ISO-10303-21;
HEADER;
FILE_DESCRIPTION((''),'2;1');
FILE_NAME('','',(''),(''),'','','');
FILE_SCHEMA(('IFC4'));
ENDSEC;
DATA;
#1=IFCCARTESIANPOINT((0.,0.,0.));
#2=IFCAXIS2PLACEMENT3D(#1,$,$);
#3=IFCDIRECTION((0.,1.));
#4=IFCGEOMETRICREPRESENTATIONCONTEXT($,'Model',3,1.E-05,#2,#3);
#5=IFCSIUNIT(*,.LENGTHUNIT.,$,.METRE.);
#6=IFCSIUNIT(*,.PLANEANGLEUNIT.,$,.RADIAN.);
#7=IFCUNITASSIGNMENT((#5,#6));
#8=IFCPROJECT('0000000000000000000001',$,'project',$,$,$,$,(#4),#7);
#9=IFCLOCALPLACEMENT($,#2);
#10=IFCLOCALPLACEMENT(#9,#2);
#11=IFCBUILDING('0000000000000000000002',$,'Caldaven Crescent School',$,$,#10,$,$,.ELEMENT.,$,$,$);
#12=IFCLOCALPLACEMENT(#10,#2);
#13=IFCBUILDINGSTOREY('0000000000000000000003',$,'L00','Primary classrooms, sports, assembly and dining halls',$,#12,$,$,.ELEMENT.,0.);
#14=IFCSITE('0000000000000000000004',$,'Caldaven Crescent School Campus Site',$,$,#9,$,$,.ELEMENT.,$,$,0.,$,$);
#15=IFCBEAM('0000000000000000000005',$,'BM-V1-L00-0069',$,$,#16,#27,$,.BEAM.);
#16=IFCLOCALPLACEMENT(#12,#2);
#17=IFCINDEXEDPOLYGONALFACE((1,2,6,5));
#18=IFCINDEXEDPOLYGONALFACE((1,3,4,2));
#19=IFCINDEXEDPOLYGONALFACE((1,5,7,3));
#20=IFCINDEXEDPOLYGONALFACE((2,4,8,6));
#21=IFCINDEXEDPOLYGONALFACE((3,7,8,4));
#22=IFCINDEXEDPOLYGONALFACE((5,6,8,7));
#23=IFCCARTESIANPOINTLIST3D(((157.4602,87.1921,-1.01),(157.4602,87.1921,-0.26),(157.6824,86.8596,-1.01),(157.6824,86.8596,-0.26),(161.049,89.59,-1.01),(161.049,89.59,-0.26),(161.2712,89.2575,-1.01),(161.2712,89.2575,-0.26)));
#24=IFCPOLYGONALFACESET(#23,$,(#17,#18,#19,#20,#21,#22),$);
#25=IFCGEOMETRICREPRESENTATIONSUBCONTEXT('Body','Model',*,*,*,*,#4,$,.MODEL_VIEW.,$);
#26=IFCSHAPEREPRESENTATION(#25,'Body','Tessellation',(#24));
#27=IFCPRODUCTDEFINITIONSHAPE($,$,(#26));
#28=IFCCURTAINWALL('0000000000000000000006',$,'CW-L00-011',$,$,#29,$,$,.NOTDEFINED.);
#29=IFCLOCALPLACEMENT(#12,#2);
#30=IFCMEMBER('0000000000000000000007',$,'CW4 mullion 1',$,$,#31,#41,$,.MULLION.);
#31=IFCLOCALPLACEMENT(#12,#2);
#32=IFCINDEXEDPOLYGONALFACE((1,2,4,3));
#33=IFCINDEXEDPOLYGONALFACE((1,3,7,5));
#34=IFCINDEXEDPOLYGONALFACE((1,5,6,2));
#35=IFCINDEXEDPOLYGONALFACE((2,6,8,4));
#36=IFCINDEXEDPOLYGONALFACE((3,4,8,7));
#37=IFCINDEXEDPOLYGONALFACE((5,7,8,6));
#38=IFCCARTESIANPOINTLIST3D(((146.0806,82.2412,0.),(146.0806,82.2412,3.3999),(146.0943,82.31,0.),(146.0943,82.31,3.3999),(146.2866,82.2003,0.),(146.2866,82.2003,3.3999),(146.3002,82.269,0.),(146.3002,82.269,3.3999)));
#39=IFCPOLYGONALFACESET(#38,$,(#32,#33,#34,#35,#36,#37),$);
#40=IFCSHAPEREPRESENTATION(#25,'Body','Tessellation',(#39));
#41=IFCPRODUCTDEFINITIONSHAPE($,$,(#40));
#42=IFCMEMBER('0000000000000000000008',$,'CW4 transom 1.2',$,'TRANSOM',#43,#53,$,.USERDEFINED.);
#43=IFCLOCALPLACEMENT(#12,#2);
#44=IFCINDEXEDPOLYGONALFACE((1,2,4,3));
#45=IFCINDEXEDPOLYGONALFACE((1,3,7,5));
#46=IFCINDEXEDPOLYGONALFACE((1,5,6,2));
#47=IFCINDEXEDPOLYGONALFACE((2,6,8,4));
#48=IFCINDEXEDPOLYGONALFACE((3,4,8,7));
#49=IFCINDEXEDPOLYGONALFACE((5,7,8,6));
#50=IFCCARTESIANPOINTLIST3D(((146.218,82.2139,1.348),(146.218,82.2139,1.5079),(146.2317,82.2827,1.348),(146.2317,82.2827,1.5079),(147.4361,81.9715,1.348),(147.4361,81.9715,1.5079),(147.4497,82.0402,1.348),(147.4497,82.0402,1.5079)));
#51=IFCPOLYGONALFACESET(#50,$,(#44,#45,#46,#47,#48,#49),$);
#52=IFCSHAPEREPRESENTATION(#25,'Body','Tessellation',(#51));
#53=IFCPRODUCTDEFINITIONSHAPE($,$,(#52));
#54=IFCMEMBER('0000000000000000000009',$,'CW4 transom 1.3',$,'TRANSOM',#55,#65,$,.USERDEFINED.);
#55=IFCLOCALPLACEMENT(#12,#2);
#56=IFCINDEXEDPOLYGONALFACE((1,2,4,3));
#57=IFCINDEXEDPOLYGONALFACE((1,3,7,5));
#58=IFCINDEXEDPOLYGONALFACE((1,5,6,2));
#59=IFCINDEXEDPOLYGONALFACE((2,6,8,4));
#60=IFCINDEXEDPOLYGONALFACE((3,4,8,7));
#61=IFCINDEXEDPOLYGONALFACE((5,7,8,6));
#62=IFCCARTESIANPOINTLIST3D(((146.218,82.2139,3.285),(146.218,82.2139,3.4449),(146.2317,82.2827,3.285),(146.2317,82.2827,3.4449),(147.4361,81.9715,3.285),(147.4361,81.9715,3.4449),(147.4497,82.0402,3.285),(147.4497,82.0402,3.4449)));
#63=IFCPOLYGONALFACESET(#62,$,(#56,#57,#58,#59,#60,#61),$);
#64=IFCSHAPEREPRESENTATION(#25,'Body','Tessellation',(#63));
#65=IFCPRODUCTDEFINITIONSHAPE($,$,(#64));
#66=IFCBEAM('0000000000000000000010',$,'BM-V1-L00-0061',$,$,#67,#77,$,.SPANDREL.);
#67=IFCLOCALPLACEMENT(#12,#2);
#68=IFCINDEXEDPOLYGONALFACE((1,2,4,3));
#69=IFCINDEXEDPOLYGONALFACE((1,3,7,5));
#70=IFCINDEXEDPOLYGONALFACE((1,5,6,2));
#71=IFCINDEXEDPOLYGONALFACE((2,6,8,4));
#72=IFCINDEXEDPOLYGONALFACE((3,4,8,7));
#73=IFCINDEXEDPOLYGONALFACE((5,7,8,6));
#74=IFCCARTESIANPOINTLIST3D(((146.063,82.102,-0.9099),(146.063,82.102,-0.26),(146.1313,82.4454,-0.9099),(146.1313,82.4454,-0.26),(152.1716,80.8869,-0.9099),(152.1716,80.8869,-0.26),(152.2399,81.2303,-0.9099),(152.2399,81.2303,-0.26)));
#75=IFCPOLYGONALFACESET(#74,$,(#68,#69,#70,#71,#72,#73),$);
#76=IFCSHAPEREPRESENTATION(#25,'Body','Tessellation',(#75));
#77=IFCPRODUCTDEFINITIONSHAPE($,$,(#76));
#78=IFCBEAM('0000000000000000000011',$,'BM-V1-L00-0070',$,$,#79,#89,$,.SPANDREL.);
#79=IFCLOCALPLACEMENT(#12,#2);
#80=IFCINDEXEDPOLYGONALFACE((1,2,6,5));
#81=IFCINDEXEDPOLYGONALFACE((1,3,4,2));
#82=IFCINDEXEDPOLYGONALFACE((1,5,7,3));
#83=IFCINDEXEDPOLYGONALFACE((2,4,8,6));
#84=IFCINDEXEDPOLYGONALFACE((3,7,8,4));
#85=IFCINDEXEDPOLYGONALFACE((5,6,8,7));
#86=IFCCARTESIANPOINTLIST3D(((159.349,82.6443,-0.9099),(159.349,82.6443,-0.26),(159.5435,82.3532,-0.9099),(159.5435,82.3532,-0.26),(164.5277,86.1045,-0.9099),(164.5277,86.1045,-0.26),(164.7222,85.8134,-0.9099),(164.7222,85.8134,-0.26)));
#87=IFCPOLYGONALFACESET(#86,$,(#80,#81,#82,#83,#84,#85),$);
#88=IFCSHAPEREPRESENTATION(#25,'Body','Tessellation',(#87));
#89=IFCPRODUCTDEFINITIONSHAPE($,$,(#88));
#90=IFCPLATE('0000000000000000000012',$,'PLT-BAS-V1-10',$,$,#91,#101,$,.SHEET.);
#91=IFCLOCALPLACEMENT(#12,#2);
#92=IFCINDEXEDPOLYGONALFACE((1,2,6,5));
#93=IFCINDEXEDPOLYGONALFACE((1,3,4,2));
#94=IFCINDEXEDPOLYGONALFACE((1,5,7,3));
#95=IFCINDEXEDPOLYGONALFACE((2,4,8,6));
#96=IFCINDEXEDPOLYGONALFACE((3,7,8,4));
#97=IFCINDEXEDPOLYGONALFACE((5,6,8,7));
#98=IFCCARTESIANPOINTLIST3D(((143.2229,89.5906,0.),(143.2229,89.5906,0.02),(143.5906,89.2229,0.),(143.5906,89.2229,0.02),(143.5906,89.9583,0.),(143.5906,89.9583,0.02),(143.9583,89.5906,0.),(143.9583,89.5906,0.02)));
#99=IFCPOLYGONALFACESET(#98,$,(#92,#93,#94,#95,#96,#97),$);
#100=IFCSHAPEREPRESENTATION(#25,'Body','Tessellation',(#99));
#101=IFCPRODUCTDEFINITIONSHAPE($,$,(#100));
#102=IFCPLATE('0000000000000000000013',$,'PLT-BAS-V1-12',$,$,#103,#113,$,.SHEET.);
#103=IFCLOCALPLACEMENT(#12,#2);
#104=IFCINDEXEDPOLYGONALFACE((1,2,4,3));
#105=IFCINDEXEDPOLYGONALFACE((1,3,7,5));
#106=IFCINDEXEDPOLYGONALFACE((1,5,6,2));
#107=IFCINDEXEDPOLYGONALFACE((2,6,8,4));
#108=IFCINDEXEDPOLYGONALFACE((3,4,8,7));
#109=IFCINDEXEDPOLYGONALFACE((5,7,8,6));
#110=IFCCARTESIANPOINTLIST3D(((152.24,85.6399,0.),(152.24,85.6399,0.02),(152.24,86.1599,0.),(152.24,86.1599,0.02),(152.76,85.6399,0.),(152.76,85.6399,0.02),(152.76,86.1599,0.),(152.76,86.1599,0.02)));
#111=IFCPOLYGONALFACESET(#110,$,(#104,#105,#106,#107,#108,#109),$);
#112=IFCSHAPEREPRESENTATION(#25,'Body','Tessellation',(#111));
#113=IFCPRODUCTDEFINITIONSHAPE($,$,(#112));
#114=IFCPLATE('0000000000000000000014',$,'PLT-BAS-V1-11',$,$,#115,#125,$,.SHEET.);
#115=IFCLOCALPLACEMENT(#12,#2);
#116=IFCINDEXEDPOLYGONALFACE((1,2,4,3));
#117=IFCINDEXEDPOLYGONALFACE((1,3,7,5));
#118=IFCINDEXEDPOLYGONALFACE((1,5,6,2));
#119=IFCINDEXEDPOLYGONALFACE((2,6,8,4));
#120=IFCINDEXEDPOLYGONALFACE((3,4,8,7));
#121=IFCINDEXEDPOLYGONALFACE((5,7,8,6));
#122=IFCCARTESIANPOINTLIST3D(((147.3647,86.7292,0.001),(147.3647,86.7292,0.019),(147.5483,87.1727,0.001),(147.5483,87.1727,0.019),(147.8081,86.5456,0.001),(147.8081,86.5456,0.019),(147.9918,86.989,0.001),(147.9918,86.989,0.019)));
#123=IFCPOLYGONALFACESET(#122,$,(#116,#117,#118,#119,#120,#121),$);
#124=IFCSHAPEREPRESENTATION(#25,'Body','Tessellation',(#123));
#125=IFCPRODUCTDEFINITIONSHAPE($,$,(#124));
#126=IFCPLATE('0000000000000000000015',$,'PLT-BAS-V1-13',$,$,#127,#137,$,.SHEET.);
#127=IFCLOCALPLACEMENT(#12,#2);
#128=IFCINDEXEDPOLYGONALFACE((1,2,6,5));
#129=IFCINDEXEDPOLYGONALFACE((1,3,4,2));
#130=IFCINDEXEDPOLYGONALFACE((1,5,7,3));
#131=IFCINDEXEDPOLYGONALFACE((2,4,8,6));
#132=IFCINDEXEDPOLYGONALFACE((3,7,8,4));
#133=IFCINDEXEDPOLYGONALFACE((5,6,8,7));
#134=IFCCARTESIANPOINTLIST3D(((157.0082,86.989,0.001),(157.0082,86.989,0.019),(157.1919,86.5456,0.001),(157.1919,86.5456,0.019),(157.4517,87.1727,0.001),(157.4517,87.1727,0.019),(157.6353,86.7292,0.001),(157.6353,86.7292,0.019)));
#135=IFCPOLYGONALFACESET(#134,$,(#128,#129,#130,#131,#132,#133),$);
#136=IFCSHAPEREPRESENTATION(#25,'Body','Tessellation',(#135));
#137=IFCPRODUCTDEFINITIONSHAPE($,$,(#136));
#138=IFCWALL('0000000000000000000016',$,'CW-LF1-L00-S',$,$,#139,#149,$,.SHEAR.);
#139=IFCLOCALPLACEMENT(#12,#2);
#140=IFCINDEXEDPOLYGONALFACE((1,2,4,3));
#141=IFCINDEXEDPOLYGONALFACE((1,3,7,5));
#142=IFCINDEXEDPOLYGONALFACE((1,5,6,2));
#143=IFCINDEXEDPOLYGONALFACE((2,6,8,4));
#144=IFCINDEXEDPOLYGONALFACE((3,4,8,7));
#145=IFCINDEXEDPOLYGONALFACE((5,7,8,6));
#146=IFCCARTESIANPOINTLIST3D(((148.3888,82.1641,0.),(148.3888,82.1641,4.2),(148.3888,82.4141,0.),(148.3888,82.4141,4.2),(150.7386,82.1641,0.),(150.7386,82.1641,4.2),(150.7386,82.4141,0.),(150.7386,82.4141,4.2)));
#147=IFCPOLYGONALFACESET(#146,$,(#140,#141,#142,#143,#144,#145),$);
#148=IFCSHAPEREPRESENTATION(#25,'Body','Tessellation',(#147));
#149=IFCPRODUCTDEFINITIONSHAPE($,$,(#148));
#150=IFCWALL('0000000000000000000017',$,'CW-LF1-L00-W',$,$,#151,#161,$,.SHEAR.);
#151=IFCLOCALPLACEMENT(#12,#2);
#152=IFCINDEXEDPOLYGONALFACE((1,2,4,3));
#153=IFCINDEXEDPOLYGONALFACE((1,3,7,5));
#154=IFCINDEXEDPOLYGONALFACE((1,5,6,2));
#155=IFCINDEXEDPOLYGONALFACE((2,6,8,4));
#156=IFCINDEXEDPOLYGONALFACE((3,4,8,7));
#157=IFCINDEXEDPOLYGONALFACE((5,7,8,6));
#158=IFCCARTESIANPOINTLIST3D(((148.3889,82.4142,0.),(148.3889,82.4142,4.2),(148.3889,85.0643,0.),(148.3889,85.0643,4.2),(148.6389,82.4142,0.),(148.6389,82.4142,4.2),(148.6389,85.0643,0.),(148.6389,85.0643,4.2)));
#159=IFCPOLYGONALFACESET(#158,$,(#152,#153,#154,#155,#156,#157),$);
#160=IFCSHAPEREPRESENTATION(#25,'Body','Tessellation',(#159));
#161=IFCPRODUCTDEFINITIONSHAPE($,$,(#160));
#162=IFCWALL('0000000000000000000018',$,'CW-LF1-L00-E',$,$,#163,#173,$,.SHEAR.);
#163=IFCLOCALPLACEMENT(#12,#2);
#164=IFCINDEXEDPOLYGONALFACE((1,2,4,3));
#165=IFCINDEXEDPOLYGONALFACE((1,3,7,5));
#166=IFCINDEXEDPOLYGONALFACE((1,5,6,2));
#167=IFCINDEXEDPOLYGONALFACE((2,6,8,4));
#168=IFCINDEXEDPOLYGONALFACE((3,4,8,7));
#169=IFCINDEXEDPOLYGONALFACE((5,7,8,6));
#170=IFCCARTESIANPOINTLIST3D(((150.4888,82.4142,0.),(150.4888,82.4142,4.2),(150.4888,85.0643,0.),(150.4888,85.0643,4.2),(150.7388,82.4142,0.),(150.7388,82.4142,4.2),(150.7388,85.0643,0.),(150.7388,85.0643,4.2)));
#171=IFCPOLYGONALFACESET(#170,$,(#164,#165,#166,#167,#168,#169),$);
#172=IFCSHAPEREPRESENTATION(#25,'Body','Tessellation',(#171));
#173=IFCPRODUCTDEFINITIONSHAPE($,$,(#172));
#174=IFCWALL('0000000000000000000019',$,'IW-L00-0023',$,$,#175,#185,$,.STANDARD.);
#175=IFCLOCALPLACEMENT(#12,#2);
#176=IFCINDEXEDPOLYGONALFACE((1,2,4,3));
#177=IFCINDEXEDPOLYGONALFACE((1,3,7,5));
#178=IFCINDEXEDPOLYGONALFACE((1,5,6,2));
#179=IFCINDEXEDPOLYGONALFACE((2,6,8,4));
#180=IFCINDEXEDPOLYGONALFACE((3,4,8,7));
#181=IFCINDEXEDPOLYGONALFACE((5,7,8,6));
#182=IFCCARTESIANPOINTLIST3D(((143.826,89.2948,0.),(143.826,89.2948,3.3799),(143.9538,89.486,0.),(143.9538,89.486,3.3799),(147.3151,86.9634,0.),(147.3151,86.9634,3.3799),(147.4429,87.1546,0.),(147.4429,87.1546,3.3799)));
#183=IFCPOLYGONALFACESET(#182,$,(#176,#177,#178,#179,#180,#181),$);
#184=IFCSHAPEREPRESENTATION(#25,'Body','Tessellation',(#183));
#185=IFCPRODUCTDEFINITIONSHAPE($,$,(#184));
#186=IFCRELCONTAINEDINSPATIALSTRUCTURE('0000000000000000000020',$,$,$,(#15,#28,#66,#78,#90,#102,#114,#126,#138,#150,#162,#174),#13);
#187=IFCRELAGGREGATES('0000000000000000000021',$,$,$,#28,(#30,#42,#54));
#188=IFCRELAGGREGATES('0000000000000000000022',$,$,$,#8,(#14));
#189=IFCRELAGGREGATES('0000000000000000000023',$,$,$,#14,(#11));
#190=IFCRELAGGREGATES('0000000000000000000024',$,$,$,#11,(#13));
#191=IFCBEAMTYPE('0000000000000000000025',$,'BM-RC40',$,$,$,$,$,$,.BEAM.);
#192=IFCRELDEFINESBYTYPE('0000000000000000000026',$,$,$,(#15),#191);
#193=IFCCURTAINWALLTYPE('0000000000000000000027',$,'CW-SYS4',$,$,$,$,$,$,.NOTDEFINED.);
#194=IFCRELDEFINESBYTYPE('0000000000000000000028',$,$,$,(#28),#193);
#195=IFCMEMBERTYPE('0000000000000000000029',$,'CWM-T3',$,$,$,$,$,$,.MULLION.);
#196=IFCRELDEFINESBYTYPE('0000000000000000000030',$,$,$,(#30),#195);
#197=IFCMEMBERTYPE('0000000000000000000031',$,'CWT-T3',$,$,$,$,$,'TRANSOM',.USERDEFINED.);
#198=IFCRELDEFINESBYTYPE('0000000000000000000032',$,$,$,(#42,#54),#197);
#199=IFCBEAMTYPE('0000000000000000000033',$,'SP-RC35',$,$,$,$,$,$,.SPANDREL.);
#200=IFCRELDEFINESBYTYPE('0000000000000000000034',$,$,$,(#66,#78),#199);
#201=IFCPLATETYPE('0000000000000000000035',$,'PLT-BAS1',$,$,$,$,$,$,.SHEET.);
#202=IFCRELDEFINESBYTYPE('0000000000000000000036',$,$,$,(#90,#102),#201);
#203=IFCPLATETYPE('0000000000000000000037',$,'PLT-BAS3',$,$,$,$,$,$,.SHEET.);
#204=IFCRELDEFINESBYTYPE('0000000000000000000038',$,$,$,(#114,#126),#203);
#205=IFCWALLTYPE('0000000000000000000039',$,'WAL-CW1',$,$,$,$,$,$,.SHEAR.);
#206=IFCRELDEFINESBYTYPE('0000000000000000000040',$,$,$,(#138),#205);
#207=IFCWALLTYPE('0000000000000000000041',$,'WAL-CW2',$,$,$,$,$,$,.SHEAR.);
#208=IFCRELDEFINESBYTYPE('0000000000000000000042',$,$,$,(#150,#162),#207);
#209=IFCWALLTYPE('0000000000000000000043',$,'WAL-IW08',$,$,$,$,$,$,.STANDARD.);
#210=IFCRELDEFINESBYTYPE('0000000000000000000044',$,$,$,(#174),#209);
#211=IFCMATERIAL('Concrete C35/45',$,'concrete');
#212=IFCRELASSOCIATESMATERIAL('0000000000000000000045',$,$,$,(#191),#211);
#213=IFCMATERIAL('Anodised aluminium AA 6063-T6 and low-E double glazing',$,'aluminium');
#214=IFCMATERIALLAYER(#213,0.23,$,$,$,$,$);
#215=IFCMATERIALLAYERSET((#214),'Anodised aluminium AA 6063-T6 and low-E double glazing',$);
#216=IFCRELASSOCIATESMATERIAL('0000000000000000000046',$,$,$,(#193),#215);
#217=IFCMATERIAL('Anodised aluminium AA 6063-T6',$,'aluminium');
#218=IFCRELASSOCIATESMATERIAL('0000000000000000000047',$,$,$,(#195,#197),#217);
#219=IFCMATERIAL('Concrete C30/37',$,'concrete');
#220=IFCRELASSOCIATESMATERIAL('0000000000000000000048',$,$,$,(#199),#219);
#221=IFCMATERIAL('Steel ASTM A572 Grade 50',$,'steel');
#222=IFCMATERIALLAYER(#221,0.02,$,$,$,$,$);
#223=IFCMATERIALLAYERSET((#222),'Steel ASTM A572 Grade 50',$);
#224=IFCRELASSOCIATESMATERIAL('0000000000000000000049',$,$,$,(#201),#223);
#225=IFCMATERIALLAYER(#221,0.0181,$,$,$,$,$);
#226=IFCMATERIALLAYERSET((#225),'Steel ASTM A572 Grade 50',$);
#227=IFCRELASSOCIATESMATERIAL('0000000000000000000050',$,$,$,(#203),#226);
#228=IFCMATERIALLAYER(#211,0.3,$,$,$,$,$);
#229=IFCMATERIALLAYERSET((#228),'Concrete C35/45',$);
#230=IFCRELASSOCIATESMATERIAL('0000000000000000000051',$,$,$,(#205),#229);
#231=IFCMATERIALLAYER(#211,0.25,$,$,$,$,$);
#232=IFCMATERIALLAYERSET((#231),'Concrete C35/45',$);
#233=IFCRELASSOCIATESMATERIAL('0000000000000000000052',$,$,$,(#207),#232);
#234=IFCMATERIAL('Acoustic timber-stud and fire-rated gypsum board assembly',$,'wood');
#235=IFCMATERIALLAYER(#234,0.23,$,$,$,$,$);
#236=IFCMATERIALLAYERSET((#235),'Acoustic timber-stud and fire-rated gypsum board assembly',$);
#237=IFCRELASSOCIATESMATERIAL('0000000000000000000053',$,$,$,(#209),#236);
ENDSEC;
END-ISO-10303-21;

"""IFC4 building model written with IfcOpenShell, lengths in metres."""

from ifc_helpers import new_model, si_unit, direction, frame, frame_2d, origin, origin_2d, place, context, subcontext, project, spatial, rectangle, extrude, material, layer, layer_set, material_profile, profile_set, type_object, element, aggregate, save


model = new_model("IFC4")

# Units and contexts
model_context = context("Model", 3, precision=1e-05, world=origin(), true_north=direction((0.0, 1.0)))
body_context = subcontext(model_context, "Body", "Model", "MODEL_VIEW")
ifc_project = project(units=[si_unit("LENGTHUNIT", "METRE"), si_unit("PLANEANGLEUNIT", "RADIAN")], contexts=[model_context])

# Site, building, storey
site_placement = place(None, origin())
site = spatial("IfcSite", under=ifc_project, at=site_placement, Name="Caldaven Crescent School Campus Site", CompositionType="ELEMENT", RefElevation=0.0)
building_placement = place(site_placement, origin())
building = spatial("IfcBuilding", under=site, at=building_placement, Name="Caldaven Crescent School", CompositionType="ELEMENT")
storey_placement = place(building_placement, origin())
storey = spatial("IfcBuildingStorey", under=building, at=storey_placement, Name="L00", Description="Primary classrooms, sports, assembly and dining halls", CompositionType="ELEMENT", Elevation=0.0)

# Shared definitions
ifc_material_1 = material(Name="Concrete C35/45", Category="concrete")

# Beam
ifc_material_2 = material(Name="Concrete C30/37", Category="concrete")
ifc_material_profile_1 = material_profile(ifc_material_1, rectangle(XDim=0.3999, YDim=0.75, at=origin_2d()), Name="RC 400x750")
ifc_profile_set_1 = profile_set([ifc_material_profile_1], Name="Concrete C35/45")
beam_type_1 = type_object("IfcBeamType", Name="BM-RC40", PredefinedType="BEAM", material=ifc_profile_set_1)
beam_1_placement = place(storey_placement, frame((157.5713, 87.0259, -0.635), z_axis=(0.831476, 0.555561, 0.0), x_axis=(-0.555561, 0.831476, 0.0)))
element("IfcBeam", 1, at=beam_1_placement, inside=storey, type_object=beam_type_1, Name="BM-V1-L00-0069", PredefinedType="BEAM", context=body_context, shape_type="SweptSolid", body=[
    extrude(rectangle(XDim=0.3999, YDim=0.75, at=origin_2d()), origin(), (0.0, 0.0, 1.0), 4.3162),
])

# Curtain wall, members
ifc_material_3 = material(Name="Anodised aluminium AA 6063-T6 and low-E double glazing", Category="aluminium")
ifc_layer_1 = layer(ifc_material_3, 0.23)
ifc_layer_set_1 = layer_set([ifc_layer_1], Name="Anodised aluminium AA 6063-T6 and low-E double glazing")
curtain_wall_type = type_object("IfcCurtainWallType", Name="CW-SYS4", PredefinedType="NOTDEFINED", material=ifc_layer_set_1)
curtain_wall_placement = place(storey_placement, origin())
curtain_wall = element("IfcCurtainWall", 2, at=curtain_wall_placement, inside=storey, type_object=curtain_wall_type, Name="CW-L00-011", PredefinedType="NOTDEFINED")
ifc_material_4 = material(Name="Anodised aluminium AA 6063-T6", Category="aluminium")
ifc_material_profile_2 = material_profile(ifc_material_4, rectangle(XDim=0.0701, YDim=0.21, at=origin_2d()), Name="CWM 70x210")
ifc_profile_set_2 = profile_set([ifc_material_profile_2], Name="Anodised aluminium AA 6063-T6")
member_type_1 = type_object("IfcMemberType", Name="CWM-T3", PredefinedType="MULLION", material=ifc_profile_set_2)
member_1_placement = place(storey_placement, frame((146.1904, 82.2551, 0.0), z_axis=(0.0, 0.0, 1.0), x_axis=(0.19509, 0.980785, 0.0)))
member_1 = element("IfcMember", 3, at=member_1_placement, type_object=member_type_1, Name="CW4 mullion 1", PredefinedType="MULLION", context=body_context, shape_type="SweptSolid", body=[
    extrude(rectangle(XDim=0.0701, YDim=0.21, at=origin_2d()), origin(), (0.0, 0.0, 1.0), 3.3999),
])
ifc_material_profile_3 = material_profile(ifc_material_4, rectangle(XDim=0.0701, YDim=0.1599, at=origin_2d()), Name="CWT 70x160")
ifc_profile_set_3 = profile_set([ifc_material_profile_3], Name="Anodised aluminium AA 6063-T6")
member_type_2 = type_object("IfcMemberType", Name="CWT-T3", ElementType="TRANSOM", PredefinedType="USERDEFINED", material=ifc_profile_set_3)
member_2_placement = place(storey_placement, frame((146.2249, 82.2483, 1.428), z_axis=(0.980762, -0.195209, 0.0), x_axis=(0.195209, 0.980762, 0.0)))
member_2 = element("IfcMember", 4, at=member_2_placement, type_object=member_type_2, Name="CW4 transom 1.2", ObjectType="TRANSOM", PredefinedType="USERDEFINED", context=body_context, shape_type="SweptSolid", body=[
    extrude(rectangle(XDim=0.0701, YDim=0.1599, at=origin_2d()), origin(), (0.0, 0.0, 1.0), 1.2419),
])
member_3_placement = place(storey_placement, frame((146.2249, 82.2483, 3.365), z_axis=(0.980762, -0.195209, 0.0), x_axis=(0.195209, 0.980762, 0.0)))
member_3 = element("IfcMember", 5, at=member_3_placement, type_object=member_type_2, Name="CW4 transom 1.3", ObjectType="TRANSOM", PredefinedType="USERDEFINED", context=body_context, shape_type="SweptSolid", body=[
    extrude(rectangle(XDim=0.0701, YDim=0.1599, at=origin_2d()), origin(), (0.0, 0.0, 1.0), 1.2419),
])
aggregate(curtain_wall, [member_1, member_2, member_3])

# Beams
ifc_material_profile_4 = material_profile(ifc_material_2, rectangle(XDim=0.3501, YDim=0.6499, at=origin_2d()), Name="RC 350x650")
ifc_profile_set_4 = profile_set([ifc_material_profile_4], Name="Concrete C30/37")
beam_type_2 = type_object("IfcBeamType", Name="SP-RC35", PredefinedType="SPANDREL", material=ifc_profile_set_4)
for number, where, z_axis, x_axis, name in (
    (6, (146.0972, 82.2737, -0.585), (0.980785, -0.195091, 0.0), (0.195091, 0.980785, 0.0), "BM-V1-L00-0061"),
    (7, (159.4463, 82.4988, -0.585), (0.831477, 0.555559, 0.0), (-0.555559, 0.831477, 0.0), "BM-V1-L00-0070"),
):
    element("IfcBeam", number, at=place(storey_placement, frame(where, z_axis=z_axis, x_axis=x_axis)), inside=storey, type_object=beam_type_2, Name=name, PredefinedType="SPANDREL", context=body_context, shape_type="SweptSolid", body=[
        extrude(rectangle(XDim=0.3501, YDim=0.6499, at=origin_2d()), origin(), (0.0, 0.0, 1.0), 6.2283),
    ])

# Plates
ifc_material_5 = material(Name="Steel ASTM A572 Grade 50", Category="steel")
ifc_layer_2 = layer(ifc_material_5, 0.02)
ifc_layer_set_2 = layer_set([ifc_layer_2], Name="Steel ASTM A572 Grade 50")
plate_type_1 = type_object("IfcPlateType", Name="PLT-BAS1", PredefinedType="SHEET", material=ifc_layer_set_2)
for number, where, z_axis, x_axis, name in (
    (8, (143.5906, 89.5906, 0.0), (0.0, 0.0, 1.0), (-0.707107, -0.707107, 0.0), "PLT-BAS-V1-10"),
    (9, (152.5, 85.8999, 0.0), (0.0, 0.0, 1.0), (0.0, -1.0, 0.0), "PLT-BAS-V1-12"),
):
    element("IfcPlate", number, at=place(storey_placement, frame(where, z_axis=z_axis, x_axis=x_axis)), inside=storey, type_object=plate_type_1, Name=name, PredefinedType="SHEET", context=body_context, shape_type="SweptSolid", body=[
        extrude(rectangle(XDim=0.52, YDim=0.52, at=origin_2d()), origin(), (0.0, 0.0, 1.0), 0.02),
    ])
ifc_layer_3 = layer(ifc_material_5, 0.0181)
ifc_layer_set_3 = layer_set([ifc_layer_3], Name="Steel ASTM A572 Grade 50")
plate_type_2 = type_object("IfcPlateType", Name="PLT-BAS3", PredefinedType="SHEET", material=ifc_layer_set_3)
for number, where, z_axis, x_axis, name in (
    (10, (147.6782, 86.8591, 0.001), (0.0, 0.0, 1.0), (-0.382683, -0.92388, 0.0), "PLT-BAS-V1-11"),
    (11, (157.3218, 86.8591, 0.001), (0.0, 0.0, 1.0), (0.382683, -0.92388, 0.0), "PLT-BAS-V1-13"),
):
    element("IfcPlate", number, at=place(storey_placement, frame(where, z_axis=z_axis, x_axis=x_axis)), inside=storey, type_object=plate_type_2, Name=name, PredefinedType="SHEET", context=body_context, shape_type="SweptSolid", body=[
        extrude(rectangle(XDim=0.48, YDim=0.48, at=origin_2d()), origin(), (0.0, 0.0, 1.0), 0.0181),
    ])

# Shared definitions
ifc_layer_4 = layer(ifc_material_1, 0.3)
ifc_layer_set_4 = layer_set([ifc_layer_4], Name="Concrete C35/45")
wall_type_1 = type_object("IfcWallType", Name="WAL-CW1", PredefinedType="SHEAR", material=ifc_layer_set_4)

# Walls
wall_1_placement = place(storey_placement, frame((148.3889, 82.2891, 0.0), z_axis=(0.0, 0.0, 1.0), x_axis=(1.0, 0.0, 0.0)))
element("IfcWall", 12, at=wall_1_placement, inside=storey, type_object=wall_type_1, Name="CW-LF1-L00-S", PredefinedType="SHEAR", context=body_context, shape_type="SweptSolid", body=[
    extrude(rectangle(XDim=2.3499, YDim=0.25, at=frame_2d((1.1748, 0.0))), origin(), (0.0, 0.0, 1.0), 4.2),
])
ifc_layer_5 = layer(ifc_material_1, 0.25)
ifc_layer_set_5 = layer_set([ifc_layer_5], Name="Concrete C35/45")
wall_type_2 = type_object("IfcWallType", Name="WAL-CW2", PredefinedType="SHEAR", material=ifc_layer_set_5)
for number, where, z_axis, x_axis, name in (
    (13, (148.5139, 82.4141, 0.0), (0.0, 0.0, 1.0), (0.0, 1.0, 0.0), "CW-LF1-L00-W"),
    (14, (150.6138, 82.4141, 0.0), (0.0, 0.0, 1.0), (0.0, 1.0, 0.0), "CW-LF1-L00-E"),
):
    element("IfcWall", number, at=place(storey_placement, frame(where, z_axis=z_axis, x_axis=x_axis)), inside=storey, type_object=wall_type_2, Name=name, PredefinedType="SHEAR", context=body_context, shape_type="SweptSolid", body=[
        extrude(rectangle(XDim=2.6501, YDim=0.25, at=frame_2d((1.3252, 0.0))), origin(), (0.0, 0.0, 1.0), 4.2),
    ])
ifc_material_6 = material(Name="Acoustic timber-stud and fire-rated gypsum board assembly", Category="wood")
ifc_layer_6 = layer(ifc_material_6, 0.23)
ifc_layer_set_6 = layer_set([ifc_layer_6], Name="Acoustic timber-stud and fire-rated gypsum board assembly")
wall_type_3 = type_object("IfcWallType", Name="WAL-IW08", PredefinedType="STANDARD", material=ifc_layer_set_6)
wall_2_placement = place(storey_placement, frame((143.8899, 89.3904, 0.0), z_axis=(0.0, 0.0, 1.0), x_axis=(0.831468, -0.555573, 0.0)))
element("IfcWall", 15, at=wall_2_placement, inside=storey, type_object=wall_type_3, Name="IW-L00-0023", PredefinedType="STANDARD", context=body_context, shape_type="SweptSolid", body=[
    extrude(rectangle(XDim=4.1963, YDim=0.23, at=frame_2d((2.0981, 0.0))), origin(), (0.0, 0.0, 1.0), 3.3799),
])

save(model, "model.ifc")
